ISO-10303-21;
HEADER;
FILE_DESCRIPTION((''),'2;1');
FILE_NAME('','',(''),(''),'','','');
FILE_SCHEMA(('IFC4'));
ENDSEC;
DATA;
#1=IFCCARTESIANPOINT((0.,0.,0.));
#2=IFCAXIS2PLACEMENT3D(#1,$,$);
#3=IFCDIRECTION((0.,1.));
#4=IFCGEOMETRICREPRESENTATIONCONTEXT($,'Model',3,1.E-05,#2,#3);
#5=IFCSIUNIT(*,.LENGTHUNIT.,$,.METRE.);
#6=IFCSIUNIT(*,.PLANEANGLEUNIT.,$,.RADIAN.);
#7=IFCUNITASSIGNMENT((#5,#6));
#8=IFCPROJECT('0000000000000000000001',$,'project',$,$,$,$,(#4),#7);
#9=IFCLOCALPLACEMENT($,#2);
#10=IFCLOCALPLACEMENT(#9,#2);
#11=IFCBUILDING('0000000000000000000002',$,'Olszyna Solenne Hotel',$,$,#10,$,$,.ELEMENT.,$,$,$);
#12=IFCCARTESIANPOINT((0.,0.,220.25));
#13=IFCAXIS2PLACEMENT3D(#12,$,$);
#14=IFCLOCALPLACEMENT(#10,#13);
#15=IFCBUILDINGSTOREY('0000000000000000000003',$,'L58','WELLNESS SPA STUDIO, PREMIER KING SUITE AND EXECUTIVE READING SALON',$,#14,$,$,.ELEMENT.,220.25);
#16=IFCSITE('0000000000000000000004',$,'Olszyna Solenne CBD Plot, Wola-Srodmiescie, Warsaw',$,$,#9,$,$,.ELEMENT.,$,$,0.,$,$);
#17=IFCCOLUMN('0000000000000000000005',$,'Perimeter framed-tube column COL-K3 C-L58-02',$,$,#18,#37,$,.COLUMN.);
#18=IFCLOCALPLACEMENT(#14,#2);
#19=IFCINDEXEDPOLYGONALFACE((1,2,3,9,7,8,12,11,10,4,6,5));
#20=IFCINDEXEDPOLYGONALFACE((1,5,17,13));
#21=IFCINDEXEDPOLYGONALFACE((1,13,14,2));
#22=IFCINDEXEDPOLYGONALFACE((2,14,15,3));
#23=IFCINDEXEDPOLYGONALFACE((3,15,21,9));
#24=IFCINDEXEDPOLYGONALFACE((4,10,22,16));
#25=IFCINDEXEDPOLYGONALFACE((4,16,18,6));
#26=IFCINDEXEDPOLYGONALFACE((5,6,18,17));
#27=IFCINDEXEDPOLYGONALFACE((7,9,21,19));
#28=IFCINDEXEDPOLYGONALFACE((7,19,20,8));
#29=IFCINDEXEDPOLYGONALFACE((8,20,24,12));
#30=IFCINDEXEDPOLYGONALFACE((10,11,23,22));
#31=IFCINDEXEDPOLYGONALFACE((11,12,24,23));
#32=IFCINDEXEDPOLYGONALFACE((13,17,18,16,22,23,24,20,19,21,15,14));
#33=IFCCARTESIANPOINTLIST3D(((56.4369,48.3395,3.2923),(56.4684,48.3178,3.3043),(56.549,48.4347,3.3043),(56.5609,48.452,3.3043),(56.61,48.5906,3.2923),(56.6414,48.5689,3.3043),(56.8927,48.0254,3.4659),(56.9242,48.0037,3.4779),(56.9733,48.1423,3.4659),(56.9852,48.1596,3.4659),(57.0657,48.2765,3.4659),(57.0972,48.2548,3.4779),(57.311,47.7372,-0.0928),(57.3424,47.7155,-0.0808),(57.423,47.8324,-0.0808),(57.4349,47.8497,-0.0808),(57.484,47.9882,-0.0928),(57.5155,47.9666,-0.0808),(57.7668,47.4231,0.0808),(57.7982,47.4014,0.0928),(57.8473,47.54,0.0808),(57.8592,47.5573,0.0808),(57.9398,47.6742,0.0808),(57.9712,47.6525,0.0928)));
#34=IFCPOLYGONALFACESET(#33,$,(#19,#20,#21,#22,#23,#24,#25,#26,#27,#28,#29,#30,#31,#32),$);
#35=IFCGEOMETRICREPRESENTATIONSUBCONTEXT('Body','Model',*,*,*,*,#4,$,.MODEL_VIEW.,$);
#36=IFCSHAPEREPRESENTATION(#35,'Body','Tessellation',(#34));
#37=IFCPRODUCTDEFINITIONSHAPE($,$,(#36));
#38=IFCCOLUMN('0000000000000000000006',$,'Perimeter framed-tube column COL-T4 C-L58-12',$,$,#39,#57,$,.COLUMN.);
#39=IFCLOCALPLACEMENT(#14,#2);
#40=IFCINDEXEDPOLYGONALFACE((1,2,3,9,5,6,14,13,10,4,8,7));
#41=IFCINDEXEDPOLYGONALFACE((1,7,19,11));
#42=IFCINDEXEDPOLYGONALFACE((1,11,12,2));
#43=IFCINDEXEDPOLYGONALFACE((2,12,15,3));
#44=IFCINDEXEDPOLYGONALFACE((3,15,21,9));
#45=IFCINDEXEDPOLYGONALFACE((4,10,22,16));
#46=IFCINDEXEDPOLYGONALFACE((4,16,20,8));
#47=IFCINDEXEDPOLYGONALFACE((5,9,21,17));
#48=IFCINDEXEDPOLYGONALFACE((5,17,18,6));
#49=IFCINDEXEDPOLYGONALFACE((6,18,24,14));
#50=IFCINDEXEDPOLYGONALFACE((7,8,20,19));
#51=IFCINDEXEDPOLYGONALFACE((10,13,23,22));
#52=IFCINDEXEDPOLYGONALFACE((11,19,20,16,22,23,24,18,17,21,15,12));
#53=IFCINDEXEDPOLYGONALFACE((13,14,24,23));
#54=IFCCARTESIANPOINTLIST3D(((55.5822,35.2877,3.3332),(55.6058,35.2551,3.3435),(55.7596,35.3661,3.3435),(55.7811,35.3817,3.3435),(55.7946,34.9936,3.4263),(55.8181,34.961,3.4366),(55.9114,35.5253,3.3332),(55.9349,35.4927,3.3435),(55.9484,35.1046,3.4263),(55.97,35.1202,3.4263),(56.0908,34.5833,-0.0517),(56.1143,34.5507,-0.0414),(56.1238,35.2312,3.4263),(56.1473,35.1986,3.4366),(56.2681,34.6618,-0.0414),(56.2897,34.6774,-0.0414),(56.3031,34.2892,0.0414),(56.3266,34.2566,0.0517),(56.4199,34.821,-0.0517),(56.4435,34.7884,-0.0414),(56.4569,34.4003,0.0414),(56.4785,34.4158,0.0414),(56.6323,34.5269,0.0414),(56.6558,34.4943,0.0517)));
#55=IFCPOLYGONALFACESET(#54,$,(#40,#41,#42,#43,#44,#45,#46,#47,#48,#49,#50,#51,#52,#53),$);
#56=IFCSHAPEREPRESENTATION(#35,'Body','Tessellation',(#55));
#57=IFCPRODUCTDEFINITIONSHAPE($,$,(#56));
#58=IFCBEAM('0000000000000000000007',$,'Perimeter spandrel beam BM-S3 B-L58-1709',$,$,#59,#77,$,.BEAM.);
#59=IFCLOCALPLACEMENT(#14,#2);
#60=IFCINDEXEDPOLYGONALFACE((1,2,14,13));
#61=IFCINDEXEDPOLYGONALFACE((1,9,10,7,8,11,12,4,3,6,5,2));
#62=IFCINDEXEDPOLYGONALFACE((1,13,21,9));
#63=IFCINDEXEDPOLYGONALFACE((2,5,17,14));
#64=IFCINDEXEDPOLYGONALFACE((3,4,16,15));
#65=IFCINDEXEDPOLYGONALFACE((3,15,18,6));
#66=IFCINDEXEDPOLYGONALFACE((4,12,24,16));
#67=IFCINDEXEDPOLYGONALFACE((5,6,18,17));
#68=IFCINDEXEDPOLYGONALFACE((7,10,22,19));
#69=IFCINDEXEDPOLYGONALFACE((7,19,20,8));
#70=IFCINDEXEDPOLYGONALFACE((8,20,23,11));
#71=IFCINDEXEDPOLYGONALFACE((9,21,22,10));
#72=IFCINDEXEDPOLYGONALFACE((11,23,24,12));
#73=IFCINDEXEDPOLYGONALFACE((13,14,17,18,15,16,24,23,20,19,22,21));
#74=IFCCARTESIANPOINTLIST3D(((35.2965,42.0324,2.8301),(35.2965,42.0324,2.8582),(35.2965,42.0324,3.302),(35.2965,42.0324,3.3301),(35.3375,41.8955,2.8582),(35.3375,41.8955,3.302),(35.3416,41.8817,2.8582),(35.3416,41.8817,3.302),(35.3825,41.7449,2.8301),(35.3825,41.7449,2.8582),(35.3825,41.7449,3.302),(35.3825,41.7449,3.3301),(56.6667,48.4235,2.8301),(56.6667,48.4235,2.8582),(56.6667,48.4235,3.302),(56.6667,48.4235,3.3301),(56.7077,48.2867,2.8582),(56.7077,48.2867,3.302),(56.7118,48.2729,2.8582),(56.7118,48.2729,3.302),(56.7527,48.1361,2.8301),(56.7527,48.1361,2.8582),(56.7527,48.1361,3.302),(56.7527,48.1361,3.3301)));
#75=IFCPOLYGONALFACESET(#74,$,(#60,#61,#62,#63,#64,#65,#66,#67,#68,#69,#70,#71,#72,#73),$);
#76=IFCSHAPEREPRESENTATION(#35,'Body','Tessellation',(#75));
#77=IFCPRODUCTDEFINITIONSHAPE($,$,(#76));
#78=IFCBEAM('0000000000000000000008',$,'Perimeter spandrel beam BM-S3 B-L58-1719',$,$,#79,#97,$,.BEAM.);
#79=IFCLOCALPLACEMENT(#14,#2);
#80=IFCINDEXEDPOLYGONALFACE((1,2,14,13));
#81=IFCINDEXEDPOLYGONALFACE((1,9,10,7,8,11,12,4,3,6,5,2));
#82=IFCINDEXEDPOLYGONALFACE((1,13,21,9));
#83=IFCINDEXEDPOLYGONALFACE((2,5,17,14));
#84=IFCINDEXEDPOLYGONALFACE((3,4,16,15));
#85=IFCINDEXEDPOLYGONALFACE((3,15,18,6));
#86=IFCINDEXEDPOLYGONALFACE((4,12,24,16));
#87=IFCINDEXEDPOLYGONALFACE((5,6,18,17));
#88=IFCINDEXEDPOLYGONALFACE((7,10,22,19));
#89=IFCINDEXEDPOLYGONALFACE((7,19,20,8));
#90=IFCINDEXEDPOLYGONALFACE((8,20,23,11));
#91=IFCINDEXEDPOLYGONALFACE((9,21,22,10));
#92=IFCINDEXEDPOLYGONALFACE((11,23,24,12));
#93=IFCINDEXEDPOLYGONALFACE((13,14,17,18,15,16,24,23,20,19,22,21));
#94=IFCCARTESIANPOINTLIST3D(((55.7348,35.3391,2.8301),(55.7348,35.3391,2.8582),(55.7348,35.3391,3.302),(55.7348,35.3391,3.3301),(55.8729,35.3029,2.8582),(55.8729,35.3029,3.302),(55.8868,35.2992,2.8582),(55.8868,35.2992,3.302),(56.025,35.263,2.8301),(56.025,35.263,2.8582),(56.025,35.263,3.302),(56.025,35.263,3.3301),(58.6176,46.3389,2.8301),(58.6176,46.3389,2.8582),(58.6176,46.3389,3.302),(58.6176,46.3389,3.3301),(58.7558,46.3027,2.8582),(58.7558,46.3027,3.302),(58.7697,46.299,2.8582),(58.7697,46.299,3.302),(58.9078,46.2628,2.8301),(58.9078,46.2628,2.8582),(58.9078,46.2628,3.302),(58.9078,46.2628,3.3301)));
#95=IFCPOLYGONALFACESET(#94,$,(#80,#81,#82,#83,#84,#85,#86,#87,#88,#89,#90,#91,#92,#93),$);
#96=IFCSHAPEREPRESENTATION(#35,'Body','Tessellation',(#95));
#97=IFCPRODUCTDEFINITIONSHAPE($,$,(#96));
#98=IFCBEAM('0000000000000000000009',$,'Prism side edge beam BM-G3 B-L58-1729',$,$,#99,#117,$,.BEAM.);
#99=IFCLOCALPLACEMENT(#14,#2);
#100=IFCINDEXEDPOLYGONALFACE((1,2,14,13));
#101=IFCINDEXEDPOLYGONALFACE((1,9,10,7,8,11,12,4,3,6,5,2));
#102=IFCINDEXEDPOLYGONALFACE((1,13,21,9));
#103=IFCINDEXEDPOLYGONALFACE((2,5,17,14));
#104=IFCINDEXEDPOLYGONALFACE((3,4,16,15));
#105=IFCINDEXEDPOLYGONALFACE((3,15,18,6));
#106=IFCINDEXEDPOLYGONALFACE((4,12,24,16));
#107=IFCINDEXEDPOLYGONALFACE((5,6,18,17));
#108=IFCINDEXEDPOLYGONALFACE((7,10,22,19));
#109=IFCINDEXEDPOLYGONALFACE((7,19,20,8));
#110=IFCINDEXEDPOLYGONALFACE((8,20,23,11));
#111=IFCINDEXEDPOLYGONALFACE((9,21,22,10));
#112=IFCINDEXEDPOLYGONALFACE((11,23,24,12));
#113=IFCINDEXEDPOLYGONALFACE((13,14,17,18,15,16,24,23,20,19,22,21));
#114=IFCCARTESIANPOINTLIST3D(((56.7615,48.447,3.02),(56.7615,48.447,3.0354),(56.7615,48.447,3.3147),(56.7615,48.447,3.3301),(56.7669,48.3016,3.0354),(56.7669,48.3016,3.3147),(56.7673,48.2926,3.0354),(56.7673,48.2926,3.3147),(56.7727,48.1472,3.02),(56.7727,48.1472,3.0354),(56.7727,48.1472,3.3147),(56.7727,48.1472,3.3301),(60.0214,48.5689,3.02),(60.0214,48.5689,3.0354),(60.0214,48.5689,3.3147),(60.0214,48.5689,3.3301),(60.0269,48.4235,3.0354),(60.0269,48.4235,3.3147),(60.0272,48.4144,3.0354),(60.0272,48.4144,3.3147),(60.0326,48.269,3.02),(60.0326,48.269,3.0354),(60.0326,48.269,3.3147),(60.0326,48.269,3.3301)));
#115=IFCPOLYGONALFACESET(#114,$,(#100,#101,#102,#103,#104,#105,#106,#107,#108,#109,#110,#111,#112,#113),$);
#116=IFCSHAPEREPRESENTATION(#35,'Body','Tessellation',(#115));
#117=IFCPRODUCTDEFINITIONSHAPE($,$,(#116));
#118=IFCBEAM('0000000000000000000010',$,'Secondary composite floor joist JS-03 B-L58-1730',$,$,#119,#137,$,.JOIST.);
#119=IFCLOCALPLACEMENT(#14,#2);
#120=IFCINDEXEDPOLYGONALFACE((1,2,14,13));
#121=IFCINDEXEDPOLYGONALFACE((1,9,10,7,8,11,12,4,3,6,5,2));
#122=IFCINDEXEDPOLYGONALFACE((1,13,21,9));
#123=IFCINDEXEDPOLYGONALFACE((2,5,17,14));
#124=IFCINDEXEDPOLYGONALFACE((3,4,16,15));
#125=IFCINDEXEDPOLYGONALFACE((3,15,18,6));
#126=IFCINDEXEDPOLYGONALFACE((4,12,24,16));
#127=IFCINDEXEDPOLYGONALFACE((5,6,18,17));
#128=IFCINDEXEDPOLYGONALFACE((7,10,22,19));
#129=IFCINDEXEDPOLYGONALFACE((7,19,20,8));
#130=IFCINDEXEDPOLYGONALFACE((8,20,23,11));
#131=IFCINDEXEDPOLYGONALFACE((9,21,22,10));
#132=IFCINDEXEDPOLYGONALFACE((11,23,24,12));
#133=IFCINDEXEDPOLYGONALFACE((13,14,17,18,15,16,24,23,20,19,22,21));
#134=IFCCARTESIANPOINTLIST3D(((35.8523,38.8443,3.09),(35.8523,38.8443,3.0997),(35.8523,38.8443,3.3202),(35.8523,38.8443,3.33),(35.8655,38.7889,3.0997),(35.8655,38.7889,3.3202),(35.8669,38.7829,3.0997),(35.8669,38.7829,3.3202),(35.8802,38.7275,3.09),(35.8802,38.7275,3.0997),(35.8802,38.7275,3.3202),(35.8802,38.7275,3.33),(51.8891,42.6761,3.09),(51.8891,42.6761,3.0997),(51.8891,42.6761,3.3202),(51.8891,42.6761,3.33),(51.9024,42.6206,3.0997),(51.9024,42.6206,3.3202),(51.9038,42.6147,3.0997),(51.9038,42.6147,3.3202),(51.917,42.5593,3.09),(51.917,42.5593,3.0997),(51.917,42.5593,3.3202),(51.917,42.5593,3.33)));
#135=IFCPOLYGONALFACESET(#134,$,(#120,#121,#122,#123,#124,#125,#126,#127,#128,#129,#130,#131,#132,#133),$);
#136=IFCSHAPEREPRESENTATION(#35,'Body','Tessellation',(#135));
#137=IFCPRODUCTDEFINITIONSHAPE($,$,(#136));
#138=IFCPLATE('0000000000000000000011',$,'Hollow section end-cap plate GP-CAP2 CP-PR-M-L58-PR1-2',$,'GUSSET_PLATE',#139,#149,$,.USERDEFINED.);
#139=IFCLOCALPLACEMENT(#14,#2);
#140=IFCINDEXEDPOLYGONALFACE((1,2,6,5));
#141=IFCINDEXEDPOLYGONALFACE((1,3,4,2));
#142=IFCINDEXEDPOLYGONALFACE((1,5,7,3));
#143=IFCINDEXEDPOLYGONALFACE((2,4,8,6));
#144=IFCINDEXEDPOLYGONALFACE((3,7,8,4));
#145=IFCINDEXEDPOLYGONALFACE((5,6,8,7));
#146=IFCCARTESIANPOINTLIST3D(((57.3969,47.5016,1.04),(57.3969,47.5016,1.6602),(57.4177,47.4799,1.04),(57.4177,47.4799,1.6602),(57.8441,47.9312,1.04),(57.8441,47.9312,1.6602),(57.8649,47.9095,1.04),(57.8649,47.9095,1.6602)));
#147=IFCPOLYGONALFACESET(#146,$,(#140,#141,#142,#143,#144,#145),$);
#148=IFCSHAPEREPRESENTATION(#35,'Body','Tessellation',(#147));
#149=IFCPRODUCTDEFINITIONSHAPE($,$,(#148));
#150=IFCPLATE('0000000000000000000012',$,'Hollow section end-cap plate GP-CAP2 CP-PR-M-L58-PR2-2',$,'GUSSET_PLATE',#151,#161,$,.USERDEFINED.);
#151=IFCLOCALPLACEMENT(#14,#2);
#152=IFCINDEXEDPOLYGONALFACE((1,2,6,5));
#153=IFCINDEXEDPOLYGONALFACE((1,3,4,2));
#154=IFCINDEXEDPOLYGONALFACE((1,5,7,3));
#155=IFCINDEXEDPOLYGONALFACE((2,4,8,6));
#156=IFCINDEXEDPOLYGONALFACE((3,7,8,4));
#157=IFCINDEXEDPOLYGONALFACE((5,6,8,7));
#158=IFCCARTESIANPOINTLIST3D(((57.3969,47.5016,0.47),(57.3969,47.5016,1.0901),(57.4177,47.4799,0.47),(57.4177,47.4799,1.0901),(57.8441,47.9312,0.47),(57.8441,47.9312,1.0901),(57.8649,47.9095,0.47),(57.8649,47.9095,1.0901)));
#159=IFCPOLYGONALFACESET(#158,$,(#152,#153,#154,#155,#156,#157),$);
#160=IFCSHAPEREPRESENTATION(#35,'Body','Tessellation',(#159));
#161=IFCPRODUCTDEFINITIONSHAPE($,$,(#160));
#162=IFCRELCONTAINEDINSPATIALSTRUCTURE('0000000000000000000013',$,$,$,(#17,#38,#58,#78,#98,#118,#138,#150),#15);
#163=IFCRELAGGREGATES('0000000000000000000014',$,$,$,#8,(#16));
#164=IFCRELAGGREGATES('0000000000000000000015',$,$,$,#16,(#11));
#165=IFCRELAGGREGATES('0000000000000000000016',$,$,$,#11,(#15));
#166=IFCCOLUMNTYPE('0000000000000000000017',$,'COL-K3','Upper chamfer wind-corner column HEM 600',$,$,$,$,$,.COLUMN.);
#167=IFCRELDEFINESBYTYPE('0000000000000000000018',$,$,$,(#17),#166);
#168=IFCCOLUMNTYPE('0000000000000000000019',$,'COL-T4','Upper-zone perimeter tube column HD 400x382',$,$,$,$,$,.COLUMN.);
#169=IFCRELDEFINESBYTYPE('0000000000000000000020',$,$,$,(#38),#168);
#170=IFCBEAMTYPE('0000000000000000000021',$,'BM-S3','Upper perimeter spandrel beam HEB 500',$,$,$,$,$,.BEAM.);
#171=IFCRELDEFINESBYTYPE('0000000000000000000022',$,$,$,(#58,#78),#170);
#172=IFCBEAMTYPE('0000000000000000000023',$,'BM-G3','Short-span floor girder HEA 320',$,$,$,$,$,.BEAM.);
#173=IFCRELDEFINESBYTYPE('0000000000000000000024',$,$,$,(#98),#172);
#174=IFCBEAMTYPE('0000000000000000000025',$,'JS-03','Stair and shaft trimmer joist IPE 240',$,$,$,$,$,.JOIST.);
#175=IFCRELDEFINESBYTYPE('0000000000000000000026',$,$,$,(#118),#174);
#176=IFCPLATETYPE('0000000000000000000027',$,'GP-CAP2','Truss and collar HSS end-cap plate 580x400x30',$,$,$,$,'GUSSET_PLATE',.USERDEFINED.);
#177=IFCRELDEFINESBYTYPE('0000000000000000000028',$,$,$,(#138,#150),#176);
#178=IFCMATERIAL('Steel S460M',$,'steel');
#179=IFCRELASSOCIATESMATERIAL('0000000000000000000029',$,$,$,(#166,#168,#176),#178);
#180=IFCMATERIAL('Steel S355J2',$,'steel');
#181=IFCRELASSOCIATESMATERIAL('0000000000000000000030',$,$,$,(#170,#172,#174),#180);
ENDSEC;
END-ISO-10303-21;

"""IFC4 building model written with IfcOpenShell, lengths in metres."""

from ifc_helpers import new_model, si_unit, direction, frame, origin, origin_2d, place, context, subcontext, project, spatial, rectangle, i_section, extrude, source, transform, mapped, material, material_profile, profile_set, type_object, element, save


model = new_model("IFC4")

# Units and contexts
model_context = context("Model", 3, precision=1e-05, world=origin(), true_north=direction((0.0, 1.0)))
body_context = subcontext(model_context, "Body", "Model", "MODEL_VIEW")
ifc_project = project(units=[si_unit("LENGTHUNIT", "METRE"), si_unit("PLANEANGLEUNIT", "RADIAN")], contexts=[model_context])

# Site, building, storey
site_placement = place(None, origin())
site = spatial("IfcSite", under=ifc_project, at=site_placement, Name="Olszyna Solenne CBD Plot, Wola-Srodmiescie, Warsaw", CompositionType="ELEMENT", RefElevation=0.0)
building_placement = place(site_placement, origin())
building = spatial("IfcBuilding", under=site, at=building_placement, Name="Olszyna Solenne Hotel", CompositionType="ELEMENT")
storey_placement = place(building_placement, frame((0.0, 0.0, 220.25)))
storey = spatial("IfcBuildingStorey", under=building, at=storey_placement, Name="L58", Description="WELLNESS SPA STUDIO, PREMIER KING SUITE AND EXECUTIVE READING SALON", CompositionType="ELEMENT", Elevation=220.25)

# Columns
ifc_material_1 = material(Name="Steel S460M", Category="steel")
ifc_material_profile_1 = material_profile(ifc_material_1, i_section(OverallWidth=0.3049, OverallDepth=0.6201, WebThickness=0.021, FlangeThickness=0.04, at=origin_2d()), Name="HEM 600", Category="load-bearing")
ifc_profile_set_1 = profile_set([ifc_material_profile_1], Name="Steel S460M")
column_type_1 = type_object("IfcColumnType", Name="COL-K3", Description="Upper chamfer wind-corner column HEM 600", PredefinedType="COLUMN", material=ifc_profile_set_1)
shared_shape_1 = source(origin(), body_context, "Body", "SweptSolid", [
    extrude(i_section(OverallWidth=0.3049, OverallDepth=0.6201, WebThickness=0.021, FlangeThickness=0.04, at=origin_2d()), origin(), (0.0, 0.0, 1.0), 3.5476),
])
column_1_placement = place(storey_placement, frame((57.6411, 47.6948, 0.0), z_axis=(-0.246375, 0.169779, 0.954188), x_axis=(-0.567427, -0.823424, 0.0)))
element("IfcColumn", 1, at=column_1_placement, inside=storey, type_object=column_type_1, Name="Perimeter framed-tube column COL-K3 C-L58-02", PredefinedType="COLUMN", context=body_context, shape_type="MappedRepresentation", body=[
    mapped(shared_shape_1, transform((0.0, 0.0, 0.0), x_axis=(1.0, 0.0, 0.0), y_axis=(0.0, 1.0, 0.0), z_axis=(0.0, 0.0, 1.0), scale=1.0)),
])
ifc_material_profile_2 = material_profile(ifc_material_1, i_section(OverallWidth=0.406, OverallDepth=0.416, WebThickness=0.0266, FlangeThickness=0.0415, at=origin_2d()), Name="HD 400x382", Category="load-bearing")
ifc_profile_set_2 = profile_set([ifc_material_profile_2], Name="Steel S460M")
column_type_2 = type_object("IfcColumnType", Name="COL-T4", Description="Upper-zone perimeter tube column HD 400x382", PredefinedType="COLUMN", material=ifc_profile_set_2)
shared_shape_2 = source(origin(), body_context, "Body", "SweptSolid", [
    extrude(i_section(OverallWidth=0.406, OverallDepth=0.416, WebThickness=0.0266, FlangeThickness=0.0415, at=origin_2d()), origin(), (0.0, 0.0, 1.0), 3.4946),
])
column_2_placement = place(storey_placement, frame((56.3733, 34.5388, 0.0), z_axis=(-0.145518, 0.201546, 0.968609), x_axis=(-0.810761, -0.585378, 0.0)))
element("IfcColumn", 2, at=column_2_placement, inside=storey, type_object=column_type_2, Name="Perimeter framed-tube column COL-T4 C-L58-12", PredefinedType="COLUMN", context=body_context, shape_type="MappedRepresentation", body=[
    mapped(shared_shape_2, transform((0.0, 0.0, 0.0), x_axis=(1.0, 0.0, 0.0), y_axis=(0.0, 1.0, 0.0), z_axis=(0.0, 0.0, 1.0), scale=1.0)),
])

# Beams
ifc_material_2 = material(Name="Steel S355J2", Category="steel")
ifc_material_profile_3 = material_profile(ifc_material_2, i_section(OverallWidth=0.3, OverallDepth=0.5, WebThickness=0.0144, FlangeThickness=0.0281, at=origin_2d()), Name="HEB 500", Category="load-bearing")
ifc_profile_set_3 = profile_set([ifc_material_profile_3], Name="Steel S355J2")
beam_type_1 = type_object("IfcBeamType", Name="BM-S3", Description="Upper perimeter spandrel beam HEB 500", PredefinedType="BEAM", material=ifc_profile_set_3)
shared_shape_3 = source(origin(), body_context, "Body", "SweptSolid", [
    extrude(i_section(OverallWidth=0.3, OverallDepth=0.5, WebThickness=0.0144, FlangeThickness=0.0281, at=origin_2d()), origin(), (0.0, 0.0, 1.0), 22.3054),
])
beam_1_placement = place(storey_placement, frame((56.7097, 48.2798, 3.0801), z_axis=(-0.958072, -0.286528, 0.0), x_axis=(0.286528, -0.958072, 0.0)))
element("IfcBeam", 3, at=beam_1_placement, inside=storey, type_object=beam_type_1, Name="Perimeter spandrel beam BM-S3 B-L58-1709", PredefinedType="BEAM", context=body_context, shape_type="MappedRepresentation", body=[
    mapped(shared_shape_3, transform((0.0, 0.0, 0.0), x_axis=(1.0, 0.0, 0.0), y_axis=(0.0, 1.0, 0.0), z_axis=(0.0, 0.0, 1.0), scale=1.0)),
])
shared_shape_4 = source(origin(), body_context, "Body", "SweptSolid", [
    extrude(i_section(OverallWidth=0.3, OverallDepth=0.5, WebThickness=0.0144, FlangeThickness=0.0281, at=origin_2d()), origin(), (0.0, 0.0, 1.0), 11.3713),
])
beam_2_placement = place(storey_placement, frame((55.8799, 35.301, 3.0801), z_axis=(0.253518, 0.967331, 0.0), x_axis=(-0.967331, 0.253518, 0.0)))
element("IfcBeam", 4, at=beam_2_placement, inside=storey, type_object=beam_type_1, Name="Perimeter spandrel beam BM-S3 B-L58-1719", PredefinedType="BEAM", context=body_context, shape_type="MappedRepresentation", body=[
    mapped(shared_shape_4, transform((0.0, 0.0, 0.0), x_axis=(1.0, 0.0, 0.0), y_axis=(0.0, 1.0, 0.0), z_axis=(0.0, 0.0, 1.0), scale=1.0)),
])
ifc_material_profile_4 = material_profile(ifc_material_2, i_section(OverallWidth=0.3, OverallDepth=0.3101, WebThickness=0.009, FlangeThickness=0.0154, at=origin_2d()), Name="HEA 320", Category="load-bearing")
ifc_profile_set_4 = profile_set([ifc_material_profile_4], Name="Steel S355J2")
beam_type_2 = type_object("IfcBeamType", Name="BM-G3", Description="Short-span floor girder HEA 320", PredefinedType="BEAM", material=ifc_profile_set_4)
shared_shape_5 = source(origin(), body_context, "Body", "SweptSolid", [
    extrude(i_section(OverallWidth=0.3, OverallDepth=0.3101, WebThickness=0.009, FlangeThickness=0.0154, at=origin_2d()), origin(), (0.0, 0.0, 1.0), 3.2622),
])
beam_3_placement = place(storey_placement, frame((56.7671, 48.2971, 3.175), z_axis=(0.999302, 0.037344, 0.0), x_axis=(-0.037344, 0.999302, 0.0)))
element("IfcBeam", 5, at=beam_3_placement, inside=storey, type_object=beam_type_2, Name="Prism side edge beam BM-G3 B-L58-1729", PredefinedType="BEAM", context=body_context, shape_type="MappedRepresentation", body=[
    mapped(shared_shape_5, transform((0.0, 0.0, 0.0), x_axis=(1.0, 0.0, 0.0), y_axis=(0.0, 1.0, 0.0), z_axis=(0.0, 0.0, 1.0), scale=1.0)),
])
ifc_material_profile_5 = material_profile(ifc_material_2, i_section(OverallWidth=0.1201, OverallDepth=0.24, WebThickness=0.0061, FlangeThickness=0.0098, at=origin_2d()), Name="IPE 240", Category="load-bearing")
ifc_profile_set_5 = profile_set([ifc_material_profile_5], Name="Steel S355J2")
beam_type_3 = type_object("IfcBeamType", Name="JS-03", Description="Stair and shaft trimmer joist IPE 240", PredefinedType="JOIST", material=ifc_profile_set_5)
shared_shape_6 = source(origin(), body_context, "Body", "SweptSolid", [
    extrude(i_section(OverallWidth=0.1201, OverallDepth=0.24, WebThickness=0.0061, FlangeThickness=0.0098, at=origin_2d()), origin(), (0.0, 0.0, 1.0), 16.4883),
])
beam_4_placement = place(storey_placement, frame((51.9031, 42.6177, 3.21), z_axis=(-0.972622, -0.232394, 0.0), x_axis=(0.232394, -0.972622, 0.0)))
element("IfcBeam", 6, at=beam_4_placement, inside=storey, type_object=beam_type_3, Name="Secondary composite floor joist JS-03 B-L58-1730", PredefinedType="JOIST", context=body_context, shape_type="MappedRepresentation", body=[
    mapped(shared_shape_6, transform((0.0, 0.0, 0.0), x_axis=(1.0, 0.0, 0.0), y_axis=(0.0, 1.0, 0.0), z_axis=(0.0, 0.0, 1.0), scale=1.0)),
])

# Plates
plate_type = type_object("IfcPlateType", Name="GP-CAP2", Description="Truss and collar HSS end-cap plate 580x400x30", ElementType="GUSSET_PLATE", PredefinedType="USERDEFINED", material=ifc_material_1)
shared_shape_7 = source(origin(), body_context, "Body", "SweptSolid", [
    extrude(rectangle(XDim=0.03, YDim=0.6201, at=origin_2d()), origin(), (0.0, 0.0, 1.0), 0.6201),
])
for number, where, z_axis, x_axis, name in (
    (7, (57.6309, 47.7056, 1.04), (0.0, 0.0, 1.0), (-0.692773, 0.721156, 0.0), "Hollow section end-cap plate GP-CAP2 CP-PR-M-L58-PR1-2"),
    (8, (57.6309, 47.7056, 0.47), (0.0, 0.0, 1.0), (-0.692773, 0.721156, 0.0), "Hollow section end-cap plate GP-CAP2 CP-PR-M-L58-PR2-2"),
):
    element("IfcPlate", number, at=place(storey_placement, frame(where, z_axis=z_axis, x_axis=x_axis)), inside=storey, type_object=plate_type, Name=name, ObjectType="GUSSET_PLATE", PredefinedType="USERDEFINED", context=body_context, shape_type="MappedRepresentation", body=[
        mapped(shared_shape_7, transform((0.0, 0.0, 0.0), x_axis=(1.0, 0.0, 0.0), y_axis=(0.0, 1.0, 0.0), z_axis=(0.0, 0.0, 1.0), scale=1.0)),
    ])

save(model, "model.ifc")
